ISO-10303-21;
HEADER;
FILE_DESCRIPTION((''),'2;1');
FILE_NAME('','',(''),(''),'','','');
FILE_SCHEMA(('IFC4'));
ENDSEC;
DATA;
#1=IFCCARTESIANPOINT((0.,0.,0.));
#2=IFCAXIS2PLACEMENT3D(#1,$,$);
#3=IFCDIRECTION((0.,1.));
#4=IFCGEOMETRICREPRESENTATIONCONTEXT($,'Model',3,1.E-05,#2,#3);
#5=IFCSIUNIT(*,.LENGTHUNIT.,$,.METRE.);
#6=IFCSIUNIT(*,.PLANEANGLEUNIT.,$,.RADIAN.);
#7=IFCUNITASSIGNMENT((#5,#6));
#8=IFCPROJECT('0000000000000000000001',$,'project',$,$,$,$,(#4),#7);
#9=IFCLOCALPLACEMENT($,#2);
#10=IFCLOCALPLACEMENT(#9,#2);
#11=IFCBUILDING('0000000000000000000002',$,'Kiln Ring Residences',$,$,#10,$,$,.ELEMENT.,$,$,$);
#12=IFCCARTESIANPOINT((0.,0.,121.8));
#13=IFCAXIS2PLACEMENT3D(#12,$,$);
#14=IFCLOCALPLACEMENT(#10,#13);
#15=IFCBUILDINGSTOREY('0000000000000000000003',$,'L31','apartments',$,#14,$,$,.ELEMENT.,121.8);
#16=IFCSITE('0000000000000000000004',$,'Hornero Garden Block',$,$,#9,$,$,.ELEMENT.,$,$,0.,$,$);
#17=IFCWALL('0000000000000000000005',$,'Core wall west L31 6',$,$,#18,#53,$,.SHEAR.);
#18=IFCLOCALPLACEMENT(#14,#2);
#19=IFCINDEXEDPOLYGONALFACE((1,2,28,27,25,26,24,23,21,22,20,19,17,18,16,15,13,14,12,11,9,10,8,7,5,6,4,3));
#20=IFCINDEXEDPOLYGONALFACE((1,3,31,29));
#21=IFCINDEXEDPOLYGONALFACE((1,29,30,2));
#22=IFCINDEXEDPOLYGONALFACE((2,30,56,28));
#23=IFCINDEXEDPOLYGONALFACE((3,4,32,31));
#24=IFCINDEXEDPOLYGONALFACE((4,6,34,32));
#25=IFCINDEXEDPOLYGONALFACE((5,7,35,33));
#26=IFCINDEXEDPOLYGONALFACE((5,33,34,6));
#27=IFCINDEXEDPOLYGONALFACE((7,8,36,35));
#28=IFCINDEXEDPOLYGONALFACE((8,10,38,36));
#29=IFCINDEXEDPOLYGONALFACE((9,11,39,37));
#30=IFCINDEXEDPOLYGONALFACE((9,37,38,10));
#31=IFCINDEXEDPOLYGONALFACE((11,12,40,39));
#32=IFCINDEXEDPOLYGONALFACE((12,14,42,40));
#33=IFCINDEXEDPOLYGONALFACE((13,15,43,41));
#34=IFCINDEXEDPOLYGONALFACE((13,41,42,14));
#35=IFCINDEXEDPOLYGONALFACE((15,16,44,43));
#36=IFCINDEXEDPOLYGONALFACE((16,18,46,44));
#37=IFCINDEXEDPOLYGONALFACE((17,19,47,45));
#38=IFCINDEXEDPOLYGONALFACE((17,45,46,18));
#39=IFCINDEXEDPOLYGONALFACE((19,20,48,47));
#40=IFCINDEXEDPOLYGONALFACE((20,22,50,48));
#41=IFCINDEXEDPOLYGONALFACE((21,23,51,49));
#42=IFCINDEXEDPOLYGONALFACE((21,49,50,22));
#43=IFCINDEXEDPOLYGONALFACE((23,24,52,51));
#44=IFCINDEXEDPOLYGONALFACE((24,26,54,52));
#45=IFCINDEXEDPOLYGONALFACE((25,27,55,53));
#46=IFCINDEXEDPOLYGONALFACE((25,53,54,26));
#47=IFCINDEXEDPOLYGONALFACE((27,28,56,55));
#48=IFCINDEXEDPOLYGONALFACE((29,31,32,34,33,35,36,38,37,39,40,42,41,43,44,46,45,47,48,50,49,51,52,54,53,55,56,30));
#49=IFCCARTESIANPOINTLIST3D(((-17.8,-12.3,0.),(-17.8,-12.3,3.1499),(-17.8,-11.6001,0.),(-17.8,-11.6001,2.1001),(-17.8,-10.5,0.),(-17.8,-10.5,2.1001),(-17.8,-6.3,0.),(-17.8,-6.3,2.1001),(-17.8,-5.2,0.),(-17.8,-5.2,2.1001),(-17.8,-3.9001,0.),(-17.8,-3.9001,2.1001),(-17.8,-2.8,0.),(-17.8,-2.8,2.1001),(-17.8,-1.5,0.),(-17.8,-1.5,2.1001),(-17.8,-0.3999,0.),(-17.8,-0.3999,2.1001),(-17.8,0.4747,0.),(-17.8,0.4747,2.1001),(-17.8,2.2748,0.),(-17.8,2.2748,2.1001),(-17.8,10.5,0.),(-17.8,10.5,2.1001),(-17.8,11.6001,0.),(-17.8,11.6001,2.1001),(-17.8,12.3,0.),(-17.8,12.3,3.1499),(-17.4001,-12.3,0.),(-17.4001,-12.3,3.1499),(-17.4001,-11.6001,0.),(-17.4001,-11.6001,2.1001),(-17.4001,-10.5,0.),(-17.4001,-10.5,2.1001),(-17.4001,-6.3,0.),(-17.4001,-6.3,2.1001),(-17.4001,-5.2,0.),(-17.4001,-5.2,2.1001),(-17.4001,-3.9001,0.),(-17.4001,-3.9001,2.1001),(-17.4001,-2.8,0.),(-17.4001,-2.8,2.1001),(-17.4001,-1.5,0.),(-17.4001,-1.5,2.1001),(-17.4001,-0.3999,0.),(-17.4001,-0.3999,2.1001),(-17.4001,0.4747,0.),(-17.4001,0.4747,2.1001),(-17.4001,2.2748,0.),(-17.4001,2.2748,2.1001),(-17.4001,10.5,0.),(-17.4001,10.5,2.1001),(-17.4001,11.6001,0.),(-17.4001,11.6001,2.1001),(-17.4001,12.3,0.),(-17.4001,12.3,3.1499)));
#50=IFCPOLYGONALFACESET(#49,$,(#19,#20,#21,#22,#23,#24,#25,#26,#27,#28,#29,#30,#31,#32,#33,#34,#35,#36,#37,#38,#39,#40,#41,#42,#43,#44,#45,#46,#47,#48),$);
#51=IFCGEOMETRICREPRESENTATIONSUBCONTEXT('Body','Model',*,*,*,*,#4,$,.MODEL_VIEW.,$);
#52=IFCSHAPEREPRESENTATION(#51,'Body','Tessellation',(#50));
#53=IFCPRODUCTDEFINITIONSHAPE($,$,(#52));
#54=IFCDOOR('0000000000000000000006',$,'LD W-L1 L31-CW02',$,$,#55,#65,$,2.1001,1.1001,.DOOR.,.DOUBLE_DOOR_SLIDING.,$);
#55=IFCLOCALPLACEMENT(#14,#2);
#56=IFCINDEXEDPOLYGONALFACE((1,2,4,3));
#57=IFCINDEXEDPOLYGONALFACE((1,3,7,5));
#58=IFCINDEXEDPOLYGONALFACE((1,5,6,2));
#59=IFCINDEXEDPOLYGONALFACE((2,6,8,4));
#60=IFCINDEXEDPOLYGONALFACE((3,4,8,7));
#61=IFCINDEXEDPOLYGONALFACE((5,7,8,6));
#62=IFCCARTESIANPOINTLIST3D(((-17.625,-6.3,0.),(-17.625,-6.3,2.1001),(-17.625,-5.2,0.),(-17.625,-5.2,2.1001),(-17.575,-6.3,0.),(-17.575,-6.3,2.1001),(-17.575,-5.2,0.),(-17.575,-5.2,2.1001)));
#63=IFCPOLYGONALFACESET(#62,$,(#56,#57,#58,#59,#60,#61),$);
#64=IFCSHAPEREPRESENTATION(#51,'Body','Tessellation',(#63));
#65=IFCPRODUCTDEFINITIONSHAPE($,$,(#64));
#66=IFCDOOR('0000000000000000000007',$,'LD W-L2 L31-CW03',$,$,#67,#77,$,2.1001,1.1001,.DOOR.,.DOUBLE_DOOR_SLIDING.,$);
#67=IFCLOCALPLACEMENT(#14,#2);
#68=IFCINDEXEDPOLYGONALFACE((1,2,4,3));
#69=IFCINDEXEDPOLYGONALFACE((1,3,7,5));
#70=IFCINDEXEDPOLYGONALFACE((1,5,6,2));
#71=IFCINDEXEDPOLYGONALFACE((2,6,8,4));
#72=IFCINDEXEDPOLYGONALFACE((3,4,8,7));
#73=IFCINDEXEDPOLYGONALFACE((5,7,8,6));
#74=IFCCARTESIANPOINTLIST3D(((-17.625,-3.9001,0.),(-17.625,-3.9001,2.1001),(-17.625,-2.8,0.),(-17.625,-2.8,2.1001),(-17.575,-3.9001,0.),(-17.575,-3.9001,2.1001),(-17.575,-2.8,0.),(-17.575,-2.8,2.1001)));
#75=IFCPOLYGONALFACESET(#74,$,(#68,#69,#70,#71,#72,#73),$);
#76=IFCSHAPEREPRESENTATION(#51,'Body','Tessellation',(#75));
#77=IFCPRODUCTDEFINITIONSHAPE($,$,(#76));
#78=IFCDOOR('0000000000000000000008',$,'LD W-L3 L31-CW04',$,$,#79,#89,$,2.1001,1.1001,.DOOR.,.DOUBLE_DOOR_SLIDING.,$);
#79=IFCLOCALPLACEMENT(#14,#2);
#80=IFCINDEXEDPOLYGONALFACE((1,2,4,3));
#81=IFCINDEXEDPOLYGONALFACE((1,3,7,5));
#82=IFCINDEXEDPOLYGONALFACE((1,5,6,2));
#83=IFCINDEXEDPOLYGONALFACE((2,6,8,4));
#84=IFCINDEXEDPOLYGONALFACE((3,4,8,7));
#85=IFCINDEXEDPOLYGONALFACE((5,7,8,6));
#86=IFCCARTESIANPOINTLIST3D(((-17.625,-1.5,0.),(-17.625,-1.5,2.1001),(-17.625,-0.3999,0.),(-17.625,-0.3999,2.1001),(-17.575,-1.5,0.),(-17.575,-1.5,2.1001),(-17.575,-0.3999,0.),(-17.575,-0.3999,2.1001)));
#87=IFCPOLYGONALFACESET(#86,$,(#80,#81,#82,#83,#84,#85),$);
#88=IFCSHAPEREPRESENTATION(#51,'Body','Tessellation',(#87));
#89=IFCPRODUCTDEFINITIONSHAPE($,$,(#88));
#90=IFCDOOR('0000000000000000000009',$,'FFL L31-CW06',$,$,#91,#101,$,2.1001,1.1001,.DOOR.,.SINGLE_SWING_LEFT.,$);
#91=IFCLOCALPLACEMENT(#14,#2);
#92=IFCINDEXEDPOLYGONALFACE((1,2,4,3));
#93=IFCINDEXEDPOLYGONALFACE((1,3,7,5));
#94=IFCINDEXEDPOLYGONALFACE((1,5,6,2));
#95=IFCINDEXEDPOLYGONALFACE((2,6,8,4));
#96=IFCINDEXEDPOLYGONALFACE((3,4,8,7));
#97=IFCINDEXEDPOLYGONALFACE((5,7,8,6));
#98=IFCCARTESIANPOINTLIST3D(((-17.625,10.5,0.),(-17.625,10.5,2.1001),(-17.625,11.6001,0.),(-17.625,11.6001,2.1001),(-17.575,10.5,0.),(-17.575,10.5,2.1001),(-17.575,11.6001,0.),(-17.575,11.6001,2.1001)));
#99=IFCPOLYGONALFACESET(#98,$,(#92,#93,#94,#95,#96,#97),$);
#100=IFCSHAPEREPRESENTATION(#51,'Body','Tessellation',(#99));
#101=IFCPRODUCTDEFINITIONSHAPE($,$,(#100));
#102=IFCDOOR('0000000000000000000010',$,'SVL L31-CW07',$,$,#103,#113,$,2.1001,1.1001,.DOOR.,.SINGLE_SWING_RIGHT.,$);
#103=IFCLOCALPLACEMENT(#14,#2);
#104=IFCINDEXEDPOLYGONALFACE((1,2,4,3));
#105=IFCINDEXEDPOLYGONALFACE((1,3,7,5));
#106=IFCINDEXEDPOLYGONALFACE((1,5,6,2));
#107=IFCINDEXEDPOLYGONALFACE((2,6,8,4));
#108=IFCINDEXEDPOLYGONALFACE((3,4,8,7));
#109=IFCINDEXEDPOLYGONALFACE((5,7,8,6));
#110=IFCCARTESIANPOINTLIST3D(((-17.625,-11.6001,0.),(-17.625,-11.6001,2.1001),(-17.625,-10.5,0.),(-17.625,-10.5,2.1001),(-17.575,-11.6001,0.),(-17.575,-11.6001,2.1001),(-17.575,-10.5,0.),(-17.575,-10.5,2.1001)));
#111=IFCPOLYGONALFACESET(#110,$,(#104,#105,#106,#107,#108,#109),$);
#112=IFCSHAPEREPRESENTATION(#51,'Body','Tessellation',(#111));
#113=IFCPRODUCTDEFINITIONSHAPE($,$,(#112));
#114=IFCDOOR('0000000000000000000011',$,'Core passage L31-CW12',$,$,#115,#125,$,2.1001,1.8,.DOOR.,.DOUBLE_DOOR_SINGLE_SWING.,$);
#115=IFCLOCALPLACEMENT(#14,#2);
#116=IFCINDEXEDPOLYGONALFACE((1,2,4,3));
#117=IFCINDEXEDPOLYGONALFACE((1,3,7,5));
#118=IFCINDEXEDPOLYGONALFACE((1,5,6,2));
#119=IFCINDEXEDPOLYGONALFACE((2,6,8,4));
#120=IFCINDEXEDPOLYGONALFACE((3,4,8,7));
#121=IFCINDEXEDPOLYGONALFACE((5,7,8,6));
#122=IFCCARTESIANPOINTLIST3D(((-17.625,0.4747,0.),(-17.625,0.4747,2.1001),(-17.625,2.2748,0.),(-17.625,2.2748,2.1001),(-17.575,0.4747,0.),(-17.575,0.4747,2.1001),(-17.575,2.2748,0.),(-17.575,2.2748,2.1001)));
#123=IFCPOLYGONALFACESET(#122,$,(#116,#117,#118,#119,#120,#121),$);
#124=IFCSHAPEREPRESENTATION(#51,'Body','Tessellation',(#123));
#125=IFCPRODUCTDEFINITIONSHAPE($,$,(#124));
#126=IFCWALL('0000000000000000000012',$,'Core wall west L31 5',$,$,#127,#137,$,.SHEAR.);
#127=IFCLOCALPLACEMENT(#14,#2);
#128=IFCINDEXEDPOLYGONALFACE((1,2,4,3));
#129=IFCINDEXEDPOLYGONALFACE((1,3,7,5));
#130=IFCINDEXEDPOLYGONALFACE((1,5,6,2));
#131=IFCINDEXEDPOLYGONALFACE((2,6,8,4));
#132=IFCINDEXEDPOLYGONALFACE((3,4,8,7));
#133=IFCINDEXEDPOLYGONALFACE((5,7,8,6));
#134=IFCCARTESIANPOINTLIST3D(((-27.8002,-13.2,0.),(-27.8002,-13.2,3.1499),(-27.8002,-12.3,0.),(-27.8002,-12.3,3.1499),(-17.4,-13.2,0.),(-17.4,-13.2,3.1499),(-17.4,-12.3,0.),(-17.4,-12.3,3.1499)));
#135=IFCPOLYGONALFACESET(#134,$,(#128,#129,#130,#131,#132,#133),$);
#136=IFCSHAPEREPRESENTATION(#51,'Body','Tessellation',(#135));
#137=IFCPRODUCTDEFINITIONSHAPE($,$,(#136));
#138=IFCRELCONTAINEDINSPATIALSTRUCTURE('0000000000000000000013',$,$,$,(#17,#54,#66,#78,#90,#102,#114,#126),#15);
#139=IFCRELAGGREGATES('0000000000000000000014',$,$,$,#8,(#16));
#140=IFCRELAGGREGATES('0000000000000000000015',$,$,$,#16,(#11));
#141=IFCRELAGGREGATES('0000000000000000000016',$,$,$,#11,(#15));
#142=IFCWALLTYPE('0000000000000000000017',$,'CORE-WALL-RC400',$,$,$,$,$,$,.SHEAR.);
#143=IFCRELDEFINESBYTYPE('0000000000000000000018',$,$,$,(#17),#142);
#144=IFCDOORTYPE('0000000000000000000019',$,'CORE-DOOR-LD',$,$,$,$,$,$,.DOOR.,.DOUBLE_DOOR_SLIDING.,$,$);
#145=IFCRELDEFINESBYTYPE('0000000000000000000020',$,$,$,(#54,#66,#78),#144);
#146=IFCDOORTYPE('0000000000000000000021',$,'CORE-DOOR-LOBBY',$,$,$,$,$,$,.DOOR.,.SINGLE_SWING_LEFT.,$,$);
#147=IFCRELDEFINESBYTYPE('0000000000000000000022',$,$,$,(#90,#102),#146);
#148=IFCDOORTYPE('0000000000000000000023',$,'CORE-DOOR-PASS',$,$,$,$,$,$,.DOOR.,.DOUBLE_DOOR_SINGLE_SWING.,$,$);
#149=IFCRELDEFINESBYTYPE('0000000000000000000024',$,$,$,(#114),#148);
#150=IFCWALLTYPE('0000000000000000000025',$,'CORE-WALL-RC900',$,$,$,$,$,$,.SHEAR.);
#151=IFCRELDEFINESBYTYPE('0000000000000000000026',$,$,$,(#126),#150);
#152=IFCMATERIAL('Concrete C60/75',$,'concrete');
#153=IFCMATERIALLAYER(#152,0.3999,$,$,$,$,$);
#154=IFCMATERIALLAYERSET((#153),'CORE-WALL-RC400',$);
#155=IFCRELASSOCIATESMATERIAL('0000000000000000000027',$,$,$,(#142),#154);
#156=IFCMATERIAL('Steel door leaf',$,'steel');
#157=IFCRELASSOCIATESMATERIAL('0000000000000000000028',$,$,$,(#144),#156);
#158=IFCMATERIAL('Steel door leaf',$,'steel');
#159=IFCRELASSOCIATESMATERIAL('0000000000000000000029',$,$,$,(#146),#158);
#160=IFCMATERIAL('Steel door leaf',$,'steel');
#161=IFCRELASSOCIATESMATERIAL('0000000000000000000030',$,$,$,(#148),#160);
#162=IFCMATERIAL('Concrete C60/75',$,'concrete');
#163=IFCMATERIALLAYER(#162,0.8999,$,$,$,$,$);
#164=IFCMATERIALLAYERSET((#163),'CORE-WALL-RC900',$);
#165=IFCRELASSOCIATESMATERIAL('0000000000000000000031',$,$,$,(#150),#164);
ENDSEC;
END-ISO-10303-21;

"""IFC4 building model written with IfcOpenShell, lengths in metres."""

from ifc_helpers import new_model, si_unit, direction, frame, frame_2d, origin, place, context, subcontext, project, spatial, rectangle, extrude, material, layer, layer_set, type_object, element, fill, save


model = new_model("IFC4")

# Units and contexts
model_context = context("Model", 3, precision=1e-05, world=origin(), true_north=direction((0.0, 1.0)))
body_context = subcontext(model_context, "Body", "Model", "MODEL_VIEW")
ifc_project = project(units=[si_unit("LENGTHUNIT", "METRE"), si_unit("PLANEANGLEUNIT", "RADIAN")], contexts=[model_context])

# Site, building, storey
site_placement = place(None, origin())
site = spatial("IfcSite", under=ifc_project, at=site_placement, Name="Hornero Garden Block", CompositionType="ELEMENT", RefElevation=0.0)
building_placement = place(site_placement, origin())
building = spatial("IfcBuilding", under=site, at=building_placement, Name="Kiln Ring Residences", CompositionType="ELEMENT")
storey_placement = place(building_placement, frame((0.0, 0.0, 121.8)))
storey = spatial("IfcBuildingStorey", under=building, at=storey_placement, Name="L31", Description="apartments", CompositionType="ELEMENT", Elevation=121.8)

# Wall, openings, doors
ifc_material_1 = material(Name="Concrete C60/75", Category="concrete")
ifc_layer_1 = layer(ifc_material_1, 0.3999)
ifc_layer_set_1 = layer_set([ifc_layer_1], Name="CORE-WALL-RC400")
wall_type_1 = type_object("IfcWallType", Name="CORE-WALL-RC400", PredefinedType="SHEAR", material=ifc_layer_set_1)
wall_1_placement = place(storey_placement, frame((-17.6001, -12.3, 0.0), z_axis=(0.0, 0.0, 1.0), x_axis=(0.0, 1.0, 0.0)))
wall_1 = element("IfcWall", 1, at=wall_1_placement, inside=storey, type_object=wall_type_1, Name="Core wall west L31 6", PredefinedType="SHEAR", context=body_context, shape_type="SweptSolid", body=[
    extrude(rectangle(XDim=24.6001, YDim=0.3999, at=frame_2d((12.3, 0.0))), origin(), (0.0, 0.0, 1.0), 3.1499),
])
opening_1_placement = place(wall_1_placement, frame((6.0, 0.0, 0.0)))
opening_1 = element("IfcOpeningElement", 2, at=opening_1_placement, cuts=wall_1, PredefinedType="OPENING", context=body_context, shape_type="SweptSolid", body=[
    extrude(rectangle(XDim=1.1001, YDim=2.1001, at=frame_2d((0.55, 1.05))), frame((0.0, 0.21, 0.0), z_axis=(0.0, -1.0, 0.0), x_axis=(1.0, 0.0, 0.0)), (0.0, 0.0, 1.0), 0.4199),
])
opening_2_placement = place(wall_1_placement, frame((8.3999, 0.0, 0.0)))
opening_2 = element("IfcOpeningElement", 3, at=opening_2_placement, cuts=wall_1, PredefinedType="OPENING", context=body_context, shape_type="SweptSolid", body=[
    extrude(rectangle(XDim=1.1001, YDim=2.1001, at=frame_2d((0.55, 1.05))), frame((0.0, 0.21, 0.0), z_axis=(0.0, -1.0, 0.0), x_axis=(1.0, 0.0, 0.0)), (0.0, 0.0, 1.0), 0.4199),
])
opening_3_placement = place(wall_1_placement, frame((10.8, 0.0, 0.0)))
opening_3 = element("IfcOpeningElement", 4, at=opening_3_placement, cuts=wall_1, PredefinedType="OPENING", context=body_context, shape_type="SweptSolid", body=[
    extrude(rectangle(XDim=1.1001, YDim=2.1001, at=frame_2d((0.55, 1.05))), frame((0.0, 0.21, 0.0), z_axis=(0.0, -1.0, 0.0), x_axis=(1.0, 0.0, 0.0)), (0.0, 0.0, 1.0), 0.4199),
])
opening_4_placement = place(wall_1_placement, frame((22.8, 0.0, 0.0)))
opening_4 = element("IfcOpeningElement", 5, at=opening_4_placement, cuts=wall_1, PredefinedType="OPENING", context=body_context, shape_type="SweptSolid", body=[
    extrude(rectangle(XDim=1.1001, YDim=2.1001, at=frame_2d((0.55, 1.05))), frame((0.0, 0.21, 0.0), z_axis=(0.0, -1.0, 0.0), x_axis=(1.0, 0.0, 0.0)), (0.0, 0.0, 1.0), 0.4199),
])
opening_5_placement = place(wall_1_placement, frame((0.7, 0.0, 0.0)))
opening_5 = element("IfcOpeningElement", 6, at=opening_5_placement, cuts=wall_1, PredefinedType="OPENING", context=body_context, shape_type="SweptSolid", body=[
    extrude(rectangle(XDim=1.1001, YDim=2.1001, at=frame_2d((0.55, 1.05))), frame((0.0, 0.21, 0.0), z_axis=(0.0, -1.0, 0.0), x_axis=(1.0, 0.0, 0.0)), (0.0, 0.0, 1.0), 0.4199),
])
opening_6_placement = place(wall_1_placement, frame((12.7749, 0.0, 0.0)))
opening_6 = element("IfcOpeningElement", 7, at=opening_6_placement, cuts=wall_1, PredefinedType="OPENING", context=body_context, shape_type="SweptSolid", body=[
    extrude(rectangle(XDim=1.8, YDim=2.1001, at=frame_2d((0.8999, 1.05))), frame((0.0, 0.21, 0.0), z_axis=(0.0, -1.0, 0.0), x_axis=(1.0, 0.0, 0.0)), (0.0, 0.0, 1.0), 0.4199),
])
ifc_material_2 = material(Name="Steel door leaf", Category="steel")
door_type_1 = type_object("IfcDoorType", Name="CORE-DOOR-LD", OperationType="DOUBLE_DOOR_SLIDING", PredefinedType="DOOR", material=ifc_material_2)
door_1_placement = place(opening_1_placement, origin())
door_1 = element("IfcDoor", 8, at=door_1_placement, inside=storey, type_object=door_type_1, Name="LD W-L1 L31-CW02", OperationType="DOUBLE_DOOR_SLIDING", OverallHeight=2.1001, OverallWidth=1.1001, PredefinedType="DOOR", context=body_context, shape_type="SweptSolid", body=[
    extrude(rectangle(XDim=1.1001, YDim=2.1001, at=frame_2d((0.55, 1.05))), frame((0.0, 0.0249, 0.0), z_axis=(0.0, -1.0, 0.0), x_axis=(1.0, 0.0, 0.0)), (0.0, 0.0, 1.0), 0.05),
])
fill(opening_1, door_1)
door_2_placement = place(opening_2_placement, origin())
door_2 = element("IfcDoor", 9, at=door_2_placement, inside=storey, type_object=door_type_1, Name="LD W-L2 L31-CW03", OperationType="DOUBLE_DOOR_SLIDING", OverallHeight=2.1001, OverallWidth=1.1001, PredefinedType="DOOR", context=body_context, shape_type="SweptSolid", body=[
    extrude(rectangle(XDim=1.1001, YDim=2.1001, at=frame_2d((0.55, 1.05))), frame((0.0, 0.0249, 0.0), z_axis=(0.0, -1.0, 0.0), x_axis=(1.0, 0.0, 0.0)), (0.0, 0.0, 1.0), 0.05),
])
fill(opening_2, door_2)
door_3_placement = place(opening_3_placement, origin())
door_3 = element("IfcDoor", 10, at=door_3_placement, inside=storey, type_object=door_type_1, Name="LD W-L3 L31-CW04", OperationType="DOUBLE_DOOR_SLIDING", OverallHeight=2.1001, OverallWidth=1.1001, PredefinedType="DOOR", context=body_context, shape_type="SweptSolid", body=[
    extrude(rectangle(XDim=1.1001, YDim=2.1001, at=frame_2d((0.55, 1.05))), frame((0.0, 0.0249, 0.0), z_axis=(0.0, -1.0, 0.0), x_axis=(1.0, 0.0, 0.0)), (0.0, 0.0, 1.0), 0.05),
])
fill(opening_3, door_3)
ifc_material_3 = material(Name="Steel door leaf", Category="steel")
door_type_2 = type_object("IfcDoorType", Name="CORE-DOOR-LOBBY", OperationType="SINGLE_SWING_LEFT", PredefinedType="DOOR", material=ifc_material_3)
door_4_placement = place(opening_4_placement, origin())
door_4 = element("IfcDoor", 11, at=door_4_placement, inside=storey, type_object=door_type_2, Name="FFL L31-CW06", OperationType="SINGLE_SWING_LEFT", OverallHeight=2.1001, OverallWidth=1.1001, PredefinedType="DOOR", context=body_context, shape_type="SweptSolid", body=[
    extrude(rectangle(XDim=1.1001, YDim=2.1001, at=frame_2d((0.55, 1.05))), frame((0.0, 0.0249, 0.0), z_axis=(0.0, -1.0, 0.0), x_axis=(1.0, 0.0, 0.0)), (0.0, 0.0, 1.0), 0.05),
])
fill(opening_4, door_4)
door_5_placement = place(opening_5_placement, origin())
door_5 = element("IfcDoor", 12, at=door_5_placement, inside=storey, type_object=door_type_2, Name="SVL L31-CW07", OperationType="SINGLE_SWING_RIGHT", OverallHeight=2.1001, OverallWidth=1.1001, PredefinedType="DOOR", context=body_context, shape_type="SweptSolid", body=[
    extrude(rectangle(XDim=1.1001, YDim=2.1001, at=frame_2d((0.55, 1.05))), frame((0.0, 0.0249, 0.0), z_axis=(0.0, -1.0, 0.0), x_axis=(1.0, 0.0, 0.0)), (0.0, 0.0, 1.0), 0.05),
])
fill(opening_5, door_5)
ifc_material_4 = material(Name="Steel door leaf", Category="steel")
door_type_3 = type_object("IfcDoorType", Name="CORE-DOOR-PASS", OperationType="DOUBLE_DOOR_SINGLE_SWING", PredefinedType="DOOR", material=ifc_material_4)
door_6_placement = place(opening_6_placement, origin())
door_6 = element("IfcDoor", 13, at=door_6_placement, inside=storey, type_object=door_type_3, Name="Core passage L31-CW12", OperationType="DOUBLE_DOOR_SINGLE_SWING", OverallHeight=2.1001, OverallWidth=1.8, PredefinedType="DOOR", context=body_context, shape_type="SweptSolid", body=[
    extrude(rectangle(XDim=1.8, YDim=2.1001, at=frame_2d((0.8999, 1.05))), frame((0.0, 0.0249, 0.0), z_axis=(0.0, -1.0, 0.0), x_axis=(1.0, 0.0, 0.0)), (0.0, 0.0, 1.0), 0.05),
])
fill(opening_6, door_6)

# Wall
ifc_material_5 = material(Name="Concrete C60/75", Category="concrete")
ifc_layer_2 = layer(ifc_material_5, 0.8999)
ifc_layer_set_2 = layer_set([ifc_layer_2], Name="CORE-WALL-RC900")
wall_type_2 = type_object("IfcWallType", Name="CORE-WALL-RC900", PredefinedType="SHEAR", material=ifc_layer_set_2)
wall_2_placement = place(storey_placement, frame((-17.3999, -12.75, 0.0), z_axis=(0.0, 0.0, 1.0), x_axis=(-1.0, 0.0, 0.0)))
element("IfcWall", 14, at=wall_2_placement, inside=storey, type_object=wall_type_2, Name="Core wall west L31 5", PredefinedType="SHEAR", context=body_context, shape_type="SweptSolid", body=[
    extrude(rectangle(XDim=10.4001, YDim=0.8999, at=frame_2d((5.2002, 0.0))), origin(), (0.0, 0.0, 1.0), 3.1499),
])

save(model, "model.ifc")
